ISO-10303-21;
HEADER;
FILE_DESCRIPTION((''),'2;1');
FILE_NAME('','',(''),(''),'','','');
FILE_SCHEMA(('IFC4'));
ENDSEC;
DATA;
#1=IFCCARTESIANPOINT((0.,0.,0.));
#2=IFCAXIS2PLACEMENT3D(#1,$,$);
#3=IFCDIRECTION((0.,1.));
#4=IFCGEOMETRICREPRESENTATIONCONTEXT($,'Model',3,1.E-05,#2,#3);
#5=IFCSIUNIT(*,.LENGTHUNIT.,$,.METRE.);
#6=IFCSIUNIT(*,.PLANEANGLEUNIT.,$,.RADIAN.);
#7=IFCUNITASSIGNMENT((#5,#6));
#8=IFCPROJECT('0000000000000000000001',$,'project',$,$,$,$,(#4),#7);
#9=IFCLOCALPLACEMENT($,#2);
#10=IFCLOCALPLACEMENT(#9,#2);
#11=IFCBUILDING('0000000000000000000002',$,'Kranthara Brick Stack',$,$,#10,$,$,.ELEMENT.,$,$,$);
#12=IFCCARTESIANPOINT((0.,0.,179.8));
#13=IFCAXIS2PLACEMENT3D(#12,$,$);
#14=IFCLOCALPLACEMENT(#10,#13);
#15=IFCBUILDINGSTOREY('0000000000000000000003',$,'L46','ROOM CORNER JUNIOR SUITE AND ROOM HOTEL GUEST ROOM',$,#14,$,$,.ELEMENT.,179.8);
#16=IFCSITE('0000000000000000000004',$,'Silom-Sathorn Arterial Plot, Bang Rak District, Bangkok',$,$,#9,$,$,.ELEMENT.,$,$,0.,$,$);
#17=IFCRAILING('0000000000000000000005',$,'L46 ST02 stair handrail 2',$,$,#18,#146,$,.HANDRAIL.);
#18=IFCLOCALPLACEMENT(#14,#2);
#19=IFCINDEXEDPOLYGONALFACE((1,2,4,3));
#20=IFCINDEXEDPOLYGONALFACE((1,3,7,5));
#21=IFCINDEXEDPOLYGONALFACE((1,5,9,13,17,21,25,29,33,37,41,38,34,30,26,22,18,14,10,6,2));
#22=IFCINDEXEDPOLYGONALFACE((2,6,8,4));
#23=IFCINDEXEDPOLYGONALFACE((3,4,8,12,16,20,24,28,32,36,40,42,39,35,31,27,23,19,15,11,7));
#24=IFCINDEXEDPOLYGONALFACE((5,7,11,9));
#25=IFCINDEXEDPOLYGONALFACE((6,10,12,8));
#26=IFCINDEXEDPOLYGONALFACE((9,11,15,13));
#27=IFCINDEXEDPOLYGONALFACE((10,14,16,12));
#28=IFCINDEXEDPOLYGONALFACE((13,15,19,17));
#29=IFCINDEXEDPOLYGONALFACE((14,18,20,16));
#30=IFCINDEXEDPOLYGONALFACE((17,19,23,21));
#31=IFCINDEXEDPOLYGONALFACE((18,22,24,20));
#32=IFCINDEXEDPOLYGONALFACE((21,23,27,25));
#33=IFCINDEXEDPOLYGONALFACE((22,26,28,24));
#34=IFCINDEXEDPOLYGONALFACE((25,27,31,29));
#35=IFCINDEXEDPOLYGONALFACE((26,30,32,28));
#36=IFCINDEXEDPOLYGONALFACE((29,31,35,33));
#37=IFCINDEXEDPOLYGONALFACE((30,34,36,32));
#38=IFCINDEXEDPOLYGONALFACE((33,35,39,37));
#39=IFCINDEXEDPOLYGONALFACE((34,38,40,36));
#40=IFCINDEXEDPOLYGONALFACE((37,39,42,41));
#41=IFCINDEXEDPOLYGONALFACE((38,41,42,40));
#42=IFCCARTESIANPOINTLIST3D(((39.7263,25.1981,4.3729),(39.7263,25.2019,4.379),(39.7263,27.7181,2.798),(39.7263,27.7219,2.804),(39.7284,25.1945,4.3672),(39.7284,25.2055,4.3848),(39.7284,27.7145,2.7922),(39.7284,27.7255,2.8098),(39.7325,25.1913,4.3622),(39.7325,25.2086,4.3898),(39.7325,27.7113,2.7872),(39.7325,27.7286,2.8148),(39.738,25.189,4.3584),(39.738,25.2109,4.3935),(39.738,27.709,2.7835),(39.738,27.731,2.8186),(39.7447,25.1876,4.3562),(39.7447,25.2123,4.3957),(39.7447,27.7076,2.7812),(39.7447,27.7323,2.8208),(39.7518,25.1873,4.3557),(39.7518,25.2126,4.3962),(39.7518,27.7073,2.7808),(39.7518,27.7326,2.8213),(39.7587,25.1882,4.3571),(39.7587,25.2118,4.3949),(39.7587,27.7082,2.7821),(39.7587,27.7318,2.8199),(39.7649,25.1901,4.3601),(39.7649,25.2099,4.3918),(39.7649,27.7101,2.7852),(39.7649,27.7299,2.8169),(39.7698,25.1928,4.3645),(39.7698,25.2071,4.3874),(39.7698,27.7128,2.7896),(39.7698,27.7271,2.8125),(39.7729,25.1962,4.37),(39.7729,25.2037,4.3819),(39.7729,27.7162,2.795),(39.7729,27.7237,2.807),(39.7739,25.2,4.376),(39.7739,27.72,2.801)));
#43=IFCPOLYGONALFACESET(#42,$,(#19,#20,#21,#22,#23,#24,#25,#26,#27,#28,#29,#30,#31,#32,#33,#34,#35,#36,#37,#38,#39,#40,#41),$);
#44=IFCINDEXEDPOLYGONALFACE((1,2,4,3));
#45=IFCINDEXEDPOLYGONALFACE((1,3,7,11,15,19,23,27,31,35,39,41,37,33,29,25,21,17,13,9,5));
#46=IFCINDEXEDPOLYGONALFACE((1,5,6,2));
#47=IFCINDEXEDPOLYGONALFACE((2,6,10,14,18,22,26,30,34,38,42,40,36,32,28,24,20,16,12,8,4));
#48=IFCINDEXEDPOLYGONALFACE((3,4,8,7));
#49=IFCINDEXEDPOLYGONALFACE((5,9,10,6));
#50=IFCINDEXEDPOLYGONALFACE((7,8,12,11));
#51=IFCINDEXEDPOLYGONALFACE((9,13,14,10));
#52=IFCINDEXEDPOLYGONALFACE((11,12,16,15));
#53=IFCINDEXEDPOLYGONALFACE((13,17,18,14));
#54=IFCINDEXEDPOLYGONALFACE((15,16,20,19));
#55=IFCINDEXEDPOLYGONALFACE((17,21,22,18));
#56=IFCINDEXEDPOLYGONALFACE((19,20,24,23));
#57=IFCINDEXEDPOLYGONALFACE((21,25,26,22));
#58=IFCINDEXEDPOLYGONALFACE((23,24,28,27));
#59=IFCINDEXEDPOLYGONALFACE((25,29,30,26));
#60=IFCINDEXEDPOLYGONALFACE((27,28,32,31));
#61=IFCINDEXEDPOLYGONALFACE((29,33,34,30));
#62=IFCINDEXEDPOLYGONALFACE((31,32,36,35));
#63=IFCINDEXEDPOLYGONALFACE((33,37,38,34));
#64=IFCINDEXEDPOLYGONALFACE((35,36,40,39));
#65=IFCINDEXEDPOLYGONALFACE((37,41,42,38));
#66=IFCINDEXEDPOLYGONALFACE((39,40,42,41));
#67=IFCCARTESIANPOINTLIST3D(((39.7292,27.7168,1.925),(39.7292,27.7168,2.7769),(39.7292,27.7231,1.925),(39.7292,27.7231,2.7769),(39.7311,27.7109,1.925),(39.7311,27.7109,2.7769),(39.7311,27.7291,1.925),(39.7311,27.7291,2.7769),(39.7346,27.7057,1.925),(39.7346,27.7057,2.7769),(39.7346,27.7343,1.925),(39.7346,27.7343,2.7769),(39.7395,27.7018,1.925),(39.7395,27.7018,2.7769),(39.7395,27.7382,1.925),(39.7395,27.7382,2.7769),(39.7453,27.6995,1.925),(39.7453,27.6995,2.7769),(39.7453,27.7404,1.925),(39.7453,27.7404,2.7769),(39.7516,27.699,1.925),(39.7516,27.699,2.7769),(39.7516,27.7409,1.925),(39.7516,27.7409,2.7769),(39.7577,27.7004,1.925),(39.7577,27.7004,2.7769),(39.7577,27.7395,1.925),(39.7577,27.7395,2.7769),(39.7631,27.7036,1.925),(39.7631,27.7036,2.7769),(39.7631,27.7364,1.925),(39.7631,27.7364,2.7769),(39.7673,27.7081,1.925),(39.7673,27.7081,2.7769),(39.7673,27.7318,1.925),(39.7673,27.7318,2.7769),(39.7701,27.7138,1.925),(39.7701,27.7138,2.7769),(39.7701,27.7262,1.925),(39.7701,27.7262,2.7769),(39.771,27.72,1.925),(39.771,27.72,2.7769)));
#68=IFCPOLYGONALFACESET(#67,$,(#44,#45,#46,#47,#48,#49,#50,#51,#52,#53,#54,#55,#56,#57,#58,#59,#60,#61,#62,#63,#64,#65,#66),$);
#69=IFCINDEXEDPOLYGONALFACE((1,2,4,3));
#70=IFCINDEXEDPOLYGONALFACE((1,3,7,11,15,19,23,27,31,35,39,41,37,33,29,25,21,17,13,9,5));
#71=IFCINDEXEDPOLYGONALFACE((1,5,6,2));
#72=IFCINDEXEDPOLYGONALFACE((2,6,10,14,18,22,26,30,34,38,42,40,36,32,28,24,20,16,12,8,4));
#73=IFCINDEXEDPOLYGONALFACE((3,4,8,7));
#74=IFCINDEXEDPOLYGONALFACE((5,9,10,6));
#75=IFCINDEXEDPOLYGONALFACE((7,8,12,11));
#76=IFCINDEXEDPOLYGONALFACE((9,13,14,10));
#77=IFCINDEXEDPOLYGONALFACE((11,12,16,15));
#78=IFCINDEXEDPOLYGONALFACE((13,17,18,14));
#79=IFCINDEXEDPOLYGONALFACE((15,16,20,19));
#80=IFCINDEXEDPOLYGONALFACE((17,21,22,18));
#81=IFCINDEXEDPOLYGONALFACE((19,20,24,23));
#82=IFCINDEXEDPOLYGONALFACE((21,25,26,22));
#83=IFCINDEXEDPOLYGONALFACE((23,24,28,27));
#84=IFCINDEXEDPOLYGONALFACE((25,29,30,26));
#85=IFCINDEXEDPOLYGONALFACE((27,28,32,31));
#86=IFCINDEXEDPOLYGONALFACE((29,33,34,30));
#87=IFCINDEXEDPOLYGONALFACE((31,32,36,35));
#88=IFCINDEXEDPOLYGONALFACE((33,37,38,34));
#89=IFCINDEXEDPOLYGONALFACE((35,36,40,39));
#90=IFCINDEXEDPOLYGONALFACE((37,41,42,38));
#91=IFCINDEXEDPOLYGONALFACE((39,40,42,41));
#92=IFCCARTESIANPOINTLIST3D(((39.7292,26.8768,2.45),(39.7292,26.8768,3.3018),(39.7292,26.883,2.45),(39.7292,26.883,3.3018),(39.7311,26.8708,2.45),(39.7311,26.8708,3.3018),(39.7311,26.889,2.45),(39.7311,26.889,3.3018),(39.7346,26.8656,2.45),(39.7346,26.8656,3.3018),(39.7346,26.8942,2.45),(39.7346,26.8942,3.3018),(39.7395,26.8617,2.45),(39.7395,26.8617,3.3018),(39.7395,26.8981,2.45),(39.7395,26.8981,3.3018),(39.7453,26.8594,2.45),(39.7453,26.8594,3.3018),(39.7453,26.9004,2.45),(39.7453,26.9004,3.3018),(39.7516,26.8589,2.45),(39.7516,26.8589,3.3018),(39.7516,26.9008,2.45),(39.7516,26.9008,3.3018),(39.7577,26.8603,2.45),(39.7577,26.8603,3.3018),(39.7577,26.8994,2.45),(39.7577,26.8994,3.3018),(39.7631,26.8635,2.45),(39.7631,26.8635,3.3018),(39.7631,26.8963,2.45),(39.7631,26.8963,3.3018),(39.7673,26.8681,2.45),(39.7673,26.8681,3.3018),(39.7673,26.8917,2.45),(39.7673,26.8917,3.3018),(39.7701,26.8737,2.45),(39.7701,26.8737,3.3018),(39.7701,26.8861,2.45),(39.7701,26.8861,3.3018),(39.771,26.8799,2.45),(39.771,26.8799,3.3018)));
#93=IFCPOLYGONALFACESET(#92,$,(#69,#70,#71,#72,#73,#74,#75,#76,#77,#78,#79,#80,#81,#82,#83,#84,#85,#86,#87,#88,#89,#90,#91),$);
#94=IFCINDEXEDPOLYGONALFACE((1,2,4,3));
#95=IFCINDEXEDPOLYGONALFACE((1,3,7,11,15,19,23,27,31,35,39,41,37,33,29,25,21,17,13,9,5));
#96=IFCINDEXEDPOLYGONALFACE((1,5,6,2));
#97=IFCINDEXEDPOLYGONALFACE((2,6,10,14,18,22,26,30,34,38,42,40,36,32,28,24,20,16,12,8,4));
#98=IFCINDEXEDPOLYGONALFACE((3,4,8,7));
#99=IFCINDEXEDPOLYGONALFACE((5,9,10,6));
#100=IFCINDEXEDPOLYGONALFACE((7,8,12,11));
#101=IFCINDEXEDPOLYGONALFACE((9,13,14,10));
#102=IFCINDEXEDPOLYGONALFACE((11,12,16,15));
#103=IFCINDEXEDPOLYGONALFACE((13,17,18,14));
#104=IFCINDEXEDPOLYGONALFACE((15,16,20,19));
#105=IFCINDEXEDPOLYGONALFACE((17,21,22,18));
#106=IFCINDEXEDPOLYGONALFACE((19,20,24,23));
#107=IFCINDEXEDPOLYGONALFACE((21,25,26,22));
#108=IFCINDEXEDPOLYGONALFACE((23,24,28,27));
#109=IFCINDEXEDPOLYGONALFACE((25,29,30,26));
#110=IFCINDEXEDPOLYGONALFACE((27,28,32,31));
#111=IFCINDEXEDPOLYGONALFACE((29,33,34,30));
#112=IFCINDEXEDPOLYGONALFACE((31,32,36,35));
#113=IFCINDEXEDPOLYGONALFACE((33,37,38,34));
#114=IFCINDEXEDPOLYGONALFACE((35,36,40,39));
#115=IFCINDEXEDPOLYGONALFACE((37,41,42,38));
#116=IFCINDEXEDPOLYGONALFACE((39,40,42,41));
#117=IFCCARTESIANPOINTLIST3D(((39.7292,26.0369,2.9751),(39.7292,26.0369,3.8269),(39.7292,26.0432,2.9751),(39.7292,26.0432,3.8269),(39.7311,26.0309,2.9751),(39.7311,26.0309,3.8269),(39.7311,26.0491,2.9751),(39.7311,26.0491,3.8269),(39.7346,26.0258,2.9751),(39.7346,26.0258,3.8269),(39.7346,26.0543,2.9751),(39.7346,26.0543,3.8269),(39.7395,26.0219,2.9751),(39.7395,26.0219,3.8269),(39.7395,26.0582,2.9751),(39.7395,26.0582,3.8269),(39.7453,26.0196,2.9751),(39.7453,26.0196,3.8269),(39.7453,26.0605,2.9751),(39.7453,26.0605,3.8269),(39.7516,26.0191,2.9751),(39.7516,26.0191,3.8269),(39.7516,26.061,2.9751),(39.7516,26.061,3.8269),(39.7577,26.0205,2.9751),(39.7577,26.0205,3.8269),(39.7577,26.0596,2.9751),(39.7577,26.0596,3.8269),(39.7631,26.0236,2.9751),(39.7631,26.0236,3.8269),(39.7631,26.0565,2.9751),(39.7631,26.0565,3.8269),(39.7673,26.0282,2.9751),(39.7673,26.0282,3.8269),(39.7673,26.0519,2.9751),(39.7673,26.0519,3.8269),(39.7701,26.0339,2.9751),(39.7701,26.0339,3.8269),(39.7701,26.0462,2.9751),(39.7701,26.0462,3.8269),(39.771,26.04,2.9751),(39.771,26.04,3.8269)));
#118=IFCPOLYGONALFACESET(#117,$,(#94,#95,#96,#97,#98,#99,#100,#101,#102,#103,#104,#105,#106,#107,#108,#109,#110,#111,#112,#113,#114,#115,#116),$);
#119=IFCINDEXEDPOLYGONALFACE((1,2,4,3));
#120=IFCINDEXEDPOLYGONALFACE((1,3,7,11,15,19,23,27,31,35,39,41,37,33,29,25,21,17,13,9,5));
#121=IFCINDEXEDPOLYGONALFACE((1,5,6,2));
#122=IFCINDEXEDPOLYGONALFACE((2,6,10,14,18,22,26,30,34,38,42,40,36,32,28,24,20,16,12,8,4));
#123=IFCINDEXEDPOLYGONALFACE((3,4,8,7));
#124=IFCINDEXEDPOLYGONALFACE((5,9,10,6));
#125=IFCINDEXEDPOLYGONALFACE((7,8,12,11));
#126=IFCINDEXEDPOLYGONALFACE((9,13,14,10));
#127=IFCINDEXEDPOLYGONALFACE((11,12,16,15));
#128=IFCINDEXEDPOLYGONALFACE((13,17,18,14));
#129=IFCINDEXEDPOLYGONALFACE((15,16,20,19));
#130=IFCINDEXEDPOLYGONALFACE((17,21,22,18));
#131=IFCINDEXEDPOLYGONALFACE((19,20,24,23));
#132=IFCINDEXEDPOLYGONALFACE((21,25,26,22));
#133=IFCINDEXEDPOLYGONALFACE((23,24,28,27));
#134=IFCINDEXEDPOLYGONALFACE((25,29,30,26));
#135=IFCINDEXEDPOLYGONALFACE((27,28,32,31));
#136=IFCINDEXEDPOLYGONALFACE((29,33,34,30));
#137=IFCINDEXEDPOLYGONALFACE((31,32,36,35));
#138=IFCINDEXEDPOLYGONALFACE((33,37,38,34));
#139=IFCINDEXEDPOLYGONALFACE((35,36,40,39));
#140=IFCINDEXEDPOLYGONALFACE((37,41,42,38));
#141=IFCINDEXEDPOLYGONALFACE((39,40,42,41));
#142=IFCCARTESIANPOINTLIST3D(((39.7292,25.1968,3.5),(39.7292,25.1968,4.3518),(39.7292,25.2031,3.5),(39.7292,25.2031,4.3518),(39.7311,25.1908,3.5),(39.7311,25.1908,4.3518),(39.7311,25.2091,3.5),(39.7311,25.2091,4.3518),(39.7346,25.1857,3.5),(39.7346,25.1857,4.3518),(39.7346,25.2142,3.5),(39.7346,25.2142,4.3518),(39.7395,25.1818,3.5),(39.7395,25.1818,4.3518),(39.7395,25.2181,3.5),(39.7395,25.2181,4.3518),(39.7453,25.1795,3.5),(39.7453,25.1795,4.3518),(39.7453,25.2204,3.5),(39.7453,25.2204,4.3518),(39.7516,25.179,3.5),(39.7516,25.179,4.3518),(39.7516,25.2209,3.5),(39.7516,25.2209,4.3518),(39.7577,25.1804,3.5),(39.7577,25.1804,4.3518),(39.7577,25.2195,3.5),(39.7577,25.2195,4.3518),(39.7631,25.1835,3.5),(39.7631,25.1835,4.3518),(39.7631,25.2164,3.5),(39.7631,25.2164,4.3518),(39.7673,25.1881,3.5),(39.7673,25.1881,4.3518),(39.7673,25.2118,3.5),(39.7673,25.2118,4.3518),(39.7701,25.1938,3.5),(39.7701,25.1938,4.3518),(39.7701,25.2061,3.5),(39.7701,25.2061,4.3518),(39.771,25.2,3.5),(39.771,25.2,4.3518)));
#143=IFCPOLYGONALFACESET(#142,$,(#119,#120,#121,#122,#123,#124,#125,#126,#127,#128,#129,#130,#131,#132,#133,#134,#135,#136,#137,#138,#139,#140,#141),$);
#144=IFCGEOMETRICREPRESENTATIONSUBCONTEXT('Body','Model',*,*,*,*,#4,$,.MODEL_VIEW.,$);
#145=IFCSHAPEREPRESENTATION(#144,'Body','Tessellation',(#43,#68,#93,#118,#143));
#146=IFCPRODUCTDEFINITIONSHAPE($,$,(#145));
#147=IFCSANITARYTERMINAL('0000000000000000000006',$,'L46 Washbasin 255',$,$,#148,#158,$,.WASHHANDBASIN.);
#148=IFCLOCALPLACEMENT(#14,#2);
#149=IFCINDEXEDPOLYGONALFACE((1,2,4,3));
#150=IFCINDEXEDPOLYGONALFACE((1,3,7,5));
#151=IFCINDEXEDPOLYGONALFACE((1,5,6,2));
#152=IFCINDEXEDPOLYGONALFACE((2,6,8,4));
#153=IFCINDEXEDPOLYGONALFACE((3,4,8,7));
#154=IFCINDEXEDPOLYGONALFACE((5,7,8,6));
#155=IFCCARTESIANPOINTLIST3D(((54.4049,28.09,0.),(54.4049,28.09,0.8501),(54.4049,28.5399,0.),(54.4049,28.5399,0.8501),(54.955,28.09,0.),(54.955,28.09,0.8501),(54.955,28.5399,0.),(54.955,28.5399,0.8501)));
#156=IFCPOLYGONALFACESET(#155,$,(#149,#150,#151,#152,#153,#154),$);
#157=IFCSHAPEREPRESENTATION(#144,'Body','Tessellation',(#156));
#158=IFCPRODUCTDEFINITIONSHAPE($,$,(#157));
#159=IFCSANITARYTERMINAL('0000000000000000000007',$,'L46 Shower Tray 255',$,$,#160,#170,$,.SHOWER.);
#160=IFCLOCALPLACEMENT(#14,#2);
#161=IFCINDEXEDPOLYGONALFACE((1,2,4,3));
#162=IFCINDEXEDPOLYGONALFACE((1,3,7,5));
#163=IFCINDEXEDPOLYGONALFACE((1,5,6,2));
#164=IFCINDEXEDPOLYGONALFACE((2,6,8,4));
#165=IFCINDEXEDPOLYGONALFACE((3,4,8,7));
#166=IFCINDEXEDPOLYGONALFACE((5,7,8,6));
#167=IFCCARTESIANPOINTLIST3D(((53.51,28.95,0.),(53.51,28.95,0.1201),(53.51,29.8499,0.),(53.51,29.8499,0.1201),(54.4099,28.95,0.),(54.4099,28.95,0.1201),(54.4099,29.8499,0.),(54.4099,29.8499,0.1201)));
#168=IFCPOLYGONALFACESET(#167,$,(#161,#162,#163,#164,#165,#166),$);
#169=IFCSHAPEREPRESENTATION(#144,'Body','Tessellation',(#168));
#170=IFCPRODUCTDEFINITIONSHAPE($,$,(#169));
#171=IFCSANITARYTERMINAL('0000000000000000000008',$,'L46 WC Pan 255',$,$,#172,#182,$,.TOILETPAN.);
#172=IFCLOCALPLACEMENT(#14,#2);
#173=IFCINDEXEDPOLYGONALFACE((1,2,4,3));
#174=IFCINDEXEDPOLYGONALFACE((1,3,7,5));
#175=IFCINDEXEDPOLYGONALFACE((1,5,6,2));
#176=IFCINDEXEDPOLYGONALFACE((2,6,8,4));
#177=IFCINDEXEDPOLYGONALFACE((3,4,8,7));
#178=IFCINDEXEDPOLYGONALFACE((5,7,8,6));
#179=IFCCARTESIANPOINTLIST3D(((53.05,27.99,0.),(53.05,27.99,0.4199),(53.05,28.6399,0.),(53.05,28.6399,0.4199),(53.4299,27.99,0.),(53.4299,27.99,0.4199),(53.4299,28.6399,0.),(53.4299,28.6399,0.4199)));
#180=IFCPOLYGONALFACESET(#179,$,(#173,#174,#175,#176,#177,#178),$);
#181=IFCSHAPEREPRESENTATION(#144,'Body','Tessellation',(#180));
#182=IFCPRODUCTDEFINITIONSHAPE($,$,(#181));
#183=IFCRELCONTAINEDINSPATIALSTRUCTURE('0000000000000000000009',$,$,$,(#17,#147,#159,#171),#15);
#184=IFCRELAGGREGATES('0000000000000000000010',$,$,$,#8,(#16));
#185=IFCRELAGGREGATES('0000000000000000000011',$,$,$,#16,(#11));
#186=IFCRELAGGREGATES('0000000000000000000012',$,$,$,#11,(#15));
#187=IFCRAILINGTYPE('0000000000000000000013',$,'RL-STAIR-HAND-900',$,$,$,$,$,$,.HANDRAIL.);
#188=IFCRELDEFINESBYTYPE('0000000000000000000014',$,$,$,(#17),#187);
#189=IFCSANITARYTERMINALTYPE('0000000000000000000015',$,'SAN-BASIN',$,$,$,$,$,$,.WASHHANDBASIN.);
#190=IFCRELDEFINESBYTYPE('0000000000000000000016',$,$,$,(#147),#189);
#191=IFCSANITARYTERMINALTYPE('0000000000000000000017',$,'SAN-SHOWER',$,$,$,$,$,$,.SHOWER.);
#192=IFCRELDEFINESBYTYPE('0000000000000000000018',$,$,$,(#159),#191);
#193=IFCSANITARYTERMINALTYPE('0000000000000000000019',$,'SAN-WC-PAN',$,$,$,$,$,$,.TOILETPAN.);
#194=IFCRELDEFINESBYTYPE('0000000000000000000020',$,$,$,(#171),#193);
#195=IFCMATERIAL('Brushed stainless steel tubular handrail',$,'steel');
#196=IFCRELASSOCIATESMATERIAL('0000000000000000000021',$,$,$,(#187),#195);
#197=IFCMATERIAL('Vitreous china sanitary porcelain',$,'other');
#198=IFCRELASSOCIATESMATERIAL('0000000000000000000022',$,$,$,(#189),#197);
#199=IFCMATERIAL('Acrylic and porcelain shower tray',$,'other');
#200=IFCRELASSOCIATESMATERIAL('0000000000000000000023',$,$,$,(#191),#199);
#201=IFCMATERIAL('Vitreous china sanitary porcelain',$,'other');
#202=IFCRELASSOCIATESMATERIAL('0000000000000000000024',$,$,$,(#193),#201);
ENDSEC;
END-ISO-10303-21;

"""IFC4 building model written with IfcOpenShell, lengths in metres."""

from ifc_helpers import new_model, si_unit, direction, frame, origin, origin_2d, place, context, subcontext, project, spatial, rectangle, circle, extrude, material, type_object, element, save


model = new_model("IFC4")

# Units and contexts
model_context = context("Model", 3, precision=1e-05, world=origin(), true_north=direction((0.0, 1.0)))
body_context = subcontext(model_context, "Body", "Model", "MODEL_VIEW")
ifc_project = project(units=[si_unit("LENGTHUNIT", "METRE"), si_unit("PLANEANGLEUNIT", "RADIAN")], contexts=[model_context])

# Site, building, storey
site_placement = place(None, origin())
site = spatial("IfcSite", under=ifc_project, at=site_placement, Name="Silom-Sathorn Arterial Plot, Bang Rak District, Bangkok", CompositionType="ELEMENT", RefElevation=0.0)
building_placement = place(site_placement, origin())
building = spatial("IfcBuilding", under=site, at=building_placement, Name="Kranthara Brick Stack", CompositionType="ELEMENT")
storey_placement = place(building_placement, frame((0.0, 0.0, 179.8)))
storey = spatial("IfcBuildingStorey", under=building, at=storey_placement, Name="L46", Description="ROOM CORNER JUNIOR SUITE AND ROOM HOTEL GUEST ROOM", CompositionType="ELEMENT", Elevation=179.8)

# Railing
ifc_material_1 = material(Name="Brushed stainless steel tubular handrail", Category="steel")
railing_type_1 = type_object("IfcRailingType", Name="RL-STAIR-HAND-900", PredefinedType="HANDRAIL", material=ifc_material_1)
railing_1_placement = place(storey_placement, frame((39.75, 27.72, 1.925)))
element("IfcRailing", 1, at=railing_1_placement, inside=storey, type_object=railing_type_1, Name="L46 ST02 stair handrail 2", PredefinedType="HANDRAIL", context=body_context, shape_type="SweptSolid", body=[
    extrude(circle(Radius=0.0239, at=origin_2d()), frame((0.0, 0.0, 0.876), z_axis=(0.0, -0.848008, 0.529984), x_axis=(1.0, 0.0, 0.0)), (0.0, 0.0, 1.0), 2.9717),
    extrude(circle(Radius=0.021, at=origin_2d()), origin(), (0.0, 0.0, 1.0), 0.8518),
    extrude(circle(Radius=0.021, at=origin_2d()), frame((0.0, -0.8401, 0.5249)), (0.0, 0.0, 1.0), 0.8518),
    extrude(circle(Radius=0.021, at=origin_2d()), frame((0.0, -1.6799, 1.05)), (0.0, 0.0, 1.0), 0.8518),
    extrude(circle(Radius=0.021, at=origin_2d()), frame((0.0, -2.52, 1.575)), (0.0, 0.0, 1.0), 0.8518),
])

# Sanitary terminals
ifc_material_2 = material(Name="Vitreous china sanitary porcelain", Category="other")
sanitary_terminal_type_1 = type_object("IfcSanitaryTerminalType", Name="SAN-BASIN", PredefinedType="WASHHANDBASIN", material=ifc_material_2)
sanitary_terminal_1_placement = place(storey_placement, frame((54.6799, 28.3149, 0.0), z_axis=(0.0, 0.0, 1.0), x_axis=(1.0, 0.0, 0.0)))
element("IfcSanitaryTerminal", 2, at=sanitary_terminal_1_placement, inside=storey, type_object=sanitary_terminal_type_1, Name="L46 Washbasin 255", PredefinedType="WASHHANDBASIN", context=body_context, shape_type="SweptSolid", body=[
    extrude(rectangle(XDim=0.55, YDim=0.45, at=origin_2d()), origin(), (0.0, 0.0, 1.0), 0.8501),
])
ifc_material_3 = material(Name="Acrylic and porcelain shower tray", Category="other")
sanitary_terminal_type_2 = type_object("IfcSanitaryTerminalType", Name="SAN-SHOWER", PredefinedType="SHOWER", material=ifc_material_3)
sanitary_terminal_2_placement = place(storey_placement, frame((53.96, 29.3999, 0.0), z_axis=(0.0, 0.0, 1.0), x_axis=(1.0, 0.0, 0.0)))
element("IfcSanitaryTerminal", 3, at=sanitary_terminal_2_placement, inside=storey, type_object=sanitary_terminal_type_2, Name="L46 Shower Tray 255", PredefinedType="SHOWER", context=body_context, shape_type="SweptSolid", body=[
    extrude(rectangle(XDim=0.8999, YDim=0.8999, at=origin_2d()), origin(), (0.0, 0.0, 1.0), 0.1201),
])
ifc_material_4 = material(Name="Vitreous china sanitary porcelain", Category="other")
sanitary_terminal_type_3 = type_object("IfcSanitaryTerminalType", Name="SAN-WC-PAN", PredefinedType="TOILETPAN", material=ifc_material_4)
sanitary_terminal_3_placement = place(storey_placement, frame((53.24, 28.3149, 0.0), z_axis=(0.0, 0.0, 1.0), x_axis=(1.0, 0.0, 0.0)))
element("IfcSanitaryTerminal", 4, at=sanitary_terminal_3_placement, inside=storey, type_object=sanitary_terminal_type_3, Name="L46 WC Pan 255", PredefinedType="TOILETPAN", context=body_context, shape_type="SweptSolid", body=[
    extrude(rectangle(XDim=0.3799, YDim=0.6499, at=origin_2d()), origin(), (0.0, 0.0, 1.0), 0.4199),
])

save(model, "model.ifc")
